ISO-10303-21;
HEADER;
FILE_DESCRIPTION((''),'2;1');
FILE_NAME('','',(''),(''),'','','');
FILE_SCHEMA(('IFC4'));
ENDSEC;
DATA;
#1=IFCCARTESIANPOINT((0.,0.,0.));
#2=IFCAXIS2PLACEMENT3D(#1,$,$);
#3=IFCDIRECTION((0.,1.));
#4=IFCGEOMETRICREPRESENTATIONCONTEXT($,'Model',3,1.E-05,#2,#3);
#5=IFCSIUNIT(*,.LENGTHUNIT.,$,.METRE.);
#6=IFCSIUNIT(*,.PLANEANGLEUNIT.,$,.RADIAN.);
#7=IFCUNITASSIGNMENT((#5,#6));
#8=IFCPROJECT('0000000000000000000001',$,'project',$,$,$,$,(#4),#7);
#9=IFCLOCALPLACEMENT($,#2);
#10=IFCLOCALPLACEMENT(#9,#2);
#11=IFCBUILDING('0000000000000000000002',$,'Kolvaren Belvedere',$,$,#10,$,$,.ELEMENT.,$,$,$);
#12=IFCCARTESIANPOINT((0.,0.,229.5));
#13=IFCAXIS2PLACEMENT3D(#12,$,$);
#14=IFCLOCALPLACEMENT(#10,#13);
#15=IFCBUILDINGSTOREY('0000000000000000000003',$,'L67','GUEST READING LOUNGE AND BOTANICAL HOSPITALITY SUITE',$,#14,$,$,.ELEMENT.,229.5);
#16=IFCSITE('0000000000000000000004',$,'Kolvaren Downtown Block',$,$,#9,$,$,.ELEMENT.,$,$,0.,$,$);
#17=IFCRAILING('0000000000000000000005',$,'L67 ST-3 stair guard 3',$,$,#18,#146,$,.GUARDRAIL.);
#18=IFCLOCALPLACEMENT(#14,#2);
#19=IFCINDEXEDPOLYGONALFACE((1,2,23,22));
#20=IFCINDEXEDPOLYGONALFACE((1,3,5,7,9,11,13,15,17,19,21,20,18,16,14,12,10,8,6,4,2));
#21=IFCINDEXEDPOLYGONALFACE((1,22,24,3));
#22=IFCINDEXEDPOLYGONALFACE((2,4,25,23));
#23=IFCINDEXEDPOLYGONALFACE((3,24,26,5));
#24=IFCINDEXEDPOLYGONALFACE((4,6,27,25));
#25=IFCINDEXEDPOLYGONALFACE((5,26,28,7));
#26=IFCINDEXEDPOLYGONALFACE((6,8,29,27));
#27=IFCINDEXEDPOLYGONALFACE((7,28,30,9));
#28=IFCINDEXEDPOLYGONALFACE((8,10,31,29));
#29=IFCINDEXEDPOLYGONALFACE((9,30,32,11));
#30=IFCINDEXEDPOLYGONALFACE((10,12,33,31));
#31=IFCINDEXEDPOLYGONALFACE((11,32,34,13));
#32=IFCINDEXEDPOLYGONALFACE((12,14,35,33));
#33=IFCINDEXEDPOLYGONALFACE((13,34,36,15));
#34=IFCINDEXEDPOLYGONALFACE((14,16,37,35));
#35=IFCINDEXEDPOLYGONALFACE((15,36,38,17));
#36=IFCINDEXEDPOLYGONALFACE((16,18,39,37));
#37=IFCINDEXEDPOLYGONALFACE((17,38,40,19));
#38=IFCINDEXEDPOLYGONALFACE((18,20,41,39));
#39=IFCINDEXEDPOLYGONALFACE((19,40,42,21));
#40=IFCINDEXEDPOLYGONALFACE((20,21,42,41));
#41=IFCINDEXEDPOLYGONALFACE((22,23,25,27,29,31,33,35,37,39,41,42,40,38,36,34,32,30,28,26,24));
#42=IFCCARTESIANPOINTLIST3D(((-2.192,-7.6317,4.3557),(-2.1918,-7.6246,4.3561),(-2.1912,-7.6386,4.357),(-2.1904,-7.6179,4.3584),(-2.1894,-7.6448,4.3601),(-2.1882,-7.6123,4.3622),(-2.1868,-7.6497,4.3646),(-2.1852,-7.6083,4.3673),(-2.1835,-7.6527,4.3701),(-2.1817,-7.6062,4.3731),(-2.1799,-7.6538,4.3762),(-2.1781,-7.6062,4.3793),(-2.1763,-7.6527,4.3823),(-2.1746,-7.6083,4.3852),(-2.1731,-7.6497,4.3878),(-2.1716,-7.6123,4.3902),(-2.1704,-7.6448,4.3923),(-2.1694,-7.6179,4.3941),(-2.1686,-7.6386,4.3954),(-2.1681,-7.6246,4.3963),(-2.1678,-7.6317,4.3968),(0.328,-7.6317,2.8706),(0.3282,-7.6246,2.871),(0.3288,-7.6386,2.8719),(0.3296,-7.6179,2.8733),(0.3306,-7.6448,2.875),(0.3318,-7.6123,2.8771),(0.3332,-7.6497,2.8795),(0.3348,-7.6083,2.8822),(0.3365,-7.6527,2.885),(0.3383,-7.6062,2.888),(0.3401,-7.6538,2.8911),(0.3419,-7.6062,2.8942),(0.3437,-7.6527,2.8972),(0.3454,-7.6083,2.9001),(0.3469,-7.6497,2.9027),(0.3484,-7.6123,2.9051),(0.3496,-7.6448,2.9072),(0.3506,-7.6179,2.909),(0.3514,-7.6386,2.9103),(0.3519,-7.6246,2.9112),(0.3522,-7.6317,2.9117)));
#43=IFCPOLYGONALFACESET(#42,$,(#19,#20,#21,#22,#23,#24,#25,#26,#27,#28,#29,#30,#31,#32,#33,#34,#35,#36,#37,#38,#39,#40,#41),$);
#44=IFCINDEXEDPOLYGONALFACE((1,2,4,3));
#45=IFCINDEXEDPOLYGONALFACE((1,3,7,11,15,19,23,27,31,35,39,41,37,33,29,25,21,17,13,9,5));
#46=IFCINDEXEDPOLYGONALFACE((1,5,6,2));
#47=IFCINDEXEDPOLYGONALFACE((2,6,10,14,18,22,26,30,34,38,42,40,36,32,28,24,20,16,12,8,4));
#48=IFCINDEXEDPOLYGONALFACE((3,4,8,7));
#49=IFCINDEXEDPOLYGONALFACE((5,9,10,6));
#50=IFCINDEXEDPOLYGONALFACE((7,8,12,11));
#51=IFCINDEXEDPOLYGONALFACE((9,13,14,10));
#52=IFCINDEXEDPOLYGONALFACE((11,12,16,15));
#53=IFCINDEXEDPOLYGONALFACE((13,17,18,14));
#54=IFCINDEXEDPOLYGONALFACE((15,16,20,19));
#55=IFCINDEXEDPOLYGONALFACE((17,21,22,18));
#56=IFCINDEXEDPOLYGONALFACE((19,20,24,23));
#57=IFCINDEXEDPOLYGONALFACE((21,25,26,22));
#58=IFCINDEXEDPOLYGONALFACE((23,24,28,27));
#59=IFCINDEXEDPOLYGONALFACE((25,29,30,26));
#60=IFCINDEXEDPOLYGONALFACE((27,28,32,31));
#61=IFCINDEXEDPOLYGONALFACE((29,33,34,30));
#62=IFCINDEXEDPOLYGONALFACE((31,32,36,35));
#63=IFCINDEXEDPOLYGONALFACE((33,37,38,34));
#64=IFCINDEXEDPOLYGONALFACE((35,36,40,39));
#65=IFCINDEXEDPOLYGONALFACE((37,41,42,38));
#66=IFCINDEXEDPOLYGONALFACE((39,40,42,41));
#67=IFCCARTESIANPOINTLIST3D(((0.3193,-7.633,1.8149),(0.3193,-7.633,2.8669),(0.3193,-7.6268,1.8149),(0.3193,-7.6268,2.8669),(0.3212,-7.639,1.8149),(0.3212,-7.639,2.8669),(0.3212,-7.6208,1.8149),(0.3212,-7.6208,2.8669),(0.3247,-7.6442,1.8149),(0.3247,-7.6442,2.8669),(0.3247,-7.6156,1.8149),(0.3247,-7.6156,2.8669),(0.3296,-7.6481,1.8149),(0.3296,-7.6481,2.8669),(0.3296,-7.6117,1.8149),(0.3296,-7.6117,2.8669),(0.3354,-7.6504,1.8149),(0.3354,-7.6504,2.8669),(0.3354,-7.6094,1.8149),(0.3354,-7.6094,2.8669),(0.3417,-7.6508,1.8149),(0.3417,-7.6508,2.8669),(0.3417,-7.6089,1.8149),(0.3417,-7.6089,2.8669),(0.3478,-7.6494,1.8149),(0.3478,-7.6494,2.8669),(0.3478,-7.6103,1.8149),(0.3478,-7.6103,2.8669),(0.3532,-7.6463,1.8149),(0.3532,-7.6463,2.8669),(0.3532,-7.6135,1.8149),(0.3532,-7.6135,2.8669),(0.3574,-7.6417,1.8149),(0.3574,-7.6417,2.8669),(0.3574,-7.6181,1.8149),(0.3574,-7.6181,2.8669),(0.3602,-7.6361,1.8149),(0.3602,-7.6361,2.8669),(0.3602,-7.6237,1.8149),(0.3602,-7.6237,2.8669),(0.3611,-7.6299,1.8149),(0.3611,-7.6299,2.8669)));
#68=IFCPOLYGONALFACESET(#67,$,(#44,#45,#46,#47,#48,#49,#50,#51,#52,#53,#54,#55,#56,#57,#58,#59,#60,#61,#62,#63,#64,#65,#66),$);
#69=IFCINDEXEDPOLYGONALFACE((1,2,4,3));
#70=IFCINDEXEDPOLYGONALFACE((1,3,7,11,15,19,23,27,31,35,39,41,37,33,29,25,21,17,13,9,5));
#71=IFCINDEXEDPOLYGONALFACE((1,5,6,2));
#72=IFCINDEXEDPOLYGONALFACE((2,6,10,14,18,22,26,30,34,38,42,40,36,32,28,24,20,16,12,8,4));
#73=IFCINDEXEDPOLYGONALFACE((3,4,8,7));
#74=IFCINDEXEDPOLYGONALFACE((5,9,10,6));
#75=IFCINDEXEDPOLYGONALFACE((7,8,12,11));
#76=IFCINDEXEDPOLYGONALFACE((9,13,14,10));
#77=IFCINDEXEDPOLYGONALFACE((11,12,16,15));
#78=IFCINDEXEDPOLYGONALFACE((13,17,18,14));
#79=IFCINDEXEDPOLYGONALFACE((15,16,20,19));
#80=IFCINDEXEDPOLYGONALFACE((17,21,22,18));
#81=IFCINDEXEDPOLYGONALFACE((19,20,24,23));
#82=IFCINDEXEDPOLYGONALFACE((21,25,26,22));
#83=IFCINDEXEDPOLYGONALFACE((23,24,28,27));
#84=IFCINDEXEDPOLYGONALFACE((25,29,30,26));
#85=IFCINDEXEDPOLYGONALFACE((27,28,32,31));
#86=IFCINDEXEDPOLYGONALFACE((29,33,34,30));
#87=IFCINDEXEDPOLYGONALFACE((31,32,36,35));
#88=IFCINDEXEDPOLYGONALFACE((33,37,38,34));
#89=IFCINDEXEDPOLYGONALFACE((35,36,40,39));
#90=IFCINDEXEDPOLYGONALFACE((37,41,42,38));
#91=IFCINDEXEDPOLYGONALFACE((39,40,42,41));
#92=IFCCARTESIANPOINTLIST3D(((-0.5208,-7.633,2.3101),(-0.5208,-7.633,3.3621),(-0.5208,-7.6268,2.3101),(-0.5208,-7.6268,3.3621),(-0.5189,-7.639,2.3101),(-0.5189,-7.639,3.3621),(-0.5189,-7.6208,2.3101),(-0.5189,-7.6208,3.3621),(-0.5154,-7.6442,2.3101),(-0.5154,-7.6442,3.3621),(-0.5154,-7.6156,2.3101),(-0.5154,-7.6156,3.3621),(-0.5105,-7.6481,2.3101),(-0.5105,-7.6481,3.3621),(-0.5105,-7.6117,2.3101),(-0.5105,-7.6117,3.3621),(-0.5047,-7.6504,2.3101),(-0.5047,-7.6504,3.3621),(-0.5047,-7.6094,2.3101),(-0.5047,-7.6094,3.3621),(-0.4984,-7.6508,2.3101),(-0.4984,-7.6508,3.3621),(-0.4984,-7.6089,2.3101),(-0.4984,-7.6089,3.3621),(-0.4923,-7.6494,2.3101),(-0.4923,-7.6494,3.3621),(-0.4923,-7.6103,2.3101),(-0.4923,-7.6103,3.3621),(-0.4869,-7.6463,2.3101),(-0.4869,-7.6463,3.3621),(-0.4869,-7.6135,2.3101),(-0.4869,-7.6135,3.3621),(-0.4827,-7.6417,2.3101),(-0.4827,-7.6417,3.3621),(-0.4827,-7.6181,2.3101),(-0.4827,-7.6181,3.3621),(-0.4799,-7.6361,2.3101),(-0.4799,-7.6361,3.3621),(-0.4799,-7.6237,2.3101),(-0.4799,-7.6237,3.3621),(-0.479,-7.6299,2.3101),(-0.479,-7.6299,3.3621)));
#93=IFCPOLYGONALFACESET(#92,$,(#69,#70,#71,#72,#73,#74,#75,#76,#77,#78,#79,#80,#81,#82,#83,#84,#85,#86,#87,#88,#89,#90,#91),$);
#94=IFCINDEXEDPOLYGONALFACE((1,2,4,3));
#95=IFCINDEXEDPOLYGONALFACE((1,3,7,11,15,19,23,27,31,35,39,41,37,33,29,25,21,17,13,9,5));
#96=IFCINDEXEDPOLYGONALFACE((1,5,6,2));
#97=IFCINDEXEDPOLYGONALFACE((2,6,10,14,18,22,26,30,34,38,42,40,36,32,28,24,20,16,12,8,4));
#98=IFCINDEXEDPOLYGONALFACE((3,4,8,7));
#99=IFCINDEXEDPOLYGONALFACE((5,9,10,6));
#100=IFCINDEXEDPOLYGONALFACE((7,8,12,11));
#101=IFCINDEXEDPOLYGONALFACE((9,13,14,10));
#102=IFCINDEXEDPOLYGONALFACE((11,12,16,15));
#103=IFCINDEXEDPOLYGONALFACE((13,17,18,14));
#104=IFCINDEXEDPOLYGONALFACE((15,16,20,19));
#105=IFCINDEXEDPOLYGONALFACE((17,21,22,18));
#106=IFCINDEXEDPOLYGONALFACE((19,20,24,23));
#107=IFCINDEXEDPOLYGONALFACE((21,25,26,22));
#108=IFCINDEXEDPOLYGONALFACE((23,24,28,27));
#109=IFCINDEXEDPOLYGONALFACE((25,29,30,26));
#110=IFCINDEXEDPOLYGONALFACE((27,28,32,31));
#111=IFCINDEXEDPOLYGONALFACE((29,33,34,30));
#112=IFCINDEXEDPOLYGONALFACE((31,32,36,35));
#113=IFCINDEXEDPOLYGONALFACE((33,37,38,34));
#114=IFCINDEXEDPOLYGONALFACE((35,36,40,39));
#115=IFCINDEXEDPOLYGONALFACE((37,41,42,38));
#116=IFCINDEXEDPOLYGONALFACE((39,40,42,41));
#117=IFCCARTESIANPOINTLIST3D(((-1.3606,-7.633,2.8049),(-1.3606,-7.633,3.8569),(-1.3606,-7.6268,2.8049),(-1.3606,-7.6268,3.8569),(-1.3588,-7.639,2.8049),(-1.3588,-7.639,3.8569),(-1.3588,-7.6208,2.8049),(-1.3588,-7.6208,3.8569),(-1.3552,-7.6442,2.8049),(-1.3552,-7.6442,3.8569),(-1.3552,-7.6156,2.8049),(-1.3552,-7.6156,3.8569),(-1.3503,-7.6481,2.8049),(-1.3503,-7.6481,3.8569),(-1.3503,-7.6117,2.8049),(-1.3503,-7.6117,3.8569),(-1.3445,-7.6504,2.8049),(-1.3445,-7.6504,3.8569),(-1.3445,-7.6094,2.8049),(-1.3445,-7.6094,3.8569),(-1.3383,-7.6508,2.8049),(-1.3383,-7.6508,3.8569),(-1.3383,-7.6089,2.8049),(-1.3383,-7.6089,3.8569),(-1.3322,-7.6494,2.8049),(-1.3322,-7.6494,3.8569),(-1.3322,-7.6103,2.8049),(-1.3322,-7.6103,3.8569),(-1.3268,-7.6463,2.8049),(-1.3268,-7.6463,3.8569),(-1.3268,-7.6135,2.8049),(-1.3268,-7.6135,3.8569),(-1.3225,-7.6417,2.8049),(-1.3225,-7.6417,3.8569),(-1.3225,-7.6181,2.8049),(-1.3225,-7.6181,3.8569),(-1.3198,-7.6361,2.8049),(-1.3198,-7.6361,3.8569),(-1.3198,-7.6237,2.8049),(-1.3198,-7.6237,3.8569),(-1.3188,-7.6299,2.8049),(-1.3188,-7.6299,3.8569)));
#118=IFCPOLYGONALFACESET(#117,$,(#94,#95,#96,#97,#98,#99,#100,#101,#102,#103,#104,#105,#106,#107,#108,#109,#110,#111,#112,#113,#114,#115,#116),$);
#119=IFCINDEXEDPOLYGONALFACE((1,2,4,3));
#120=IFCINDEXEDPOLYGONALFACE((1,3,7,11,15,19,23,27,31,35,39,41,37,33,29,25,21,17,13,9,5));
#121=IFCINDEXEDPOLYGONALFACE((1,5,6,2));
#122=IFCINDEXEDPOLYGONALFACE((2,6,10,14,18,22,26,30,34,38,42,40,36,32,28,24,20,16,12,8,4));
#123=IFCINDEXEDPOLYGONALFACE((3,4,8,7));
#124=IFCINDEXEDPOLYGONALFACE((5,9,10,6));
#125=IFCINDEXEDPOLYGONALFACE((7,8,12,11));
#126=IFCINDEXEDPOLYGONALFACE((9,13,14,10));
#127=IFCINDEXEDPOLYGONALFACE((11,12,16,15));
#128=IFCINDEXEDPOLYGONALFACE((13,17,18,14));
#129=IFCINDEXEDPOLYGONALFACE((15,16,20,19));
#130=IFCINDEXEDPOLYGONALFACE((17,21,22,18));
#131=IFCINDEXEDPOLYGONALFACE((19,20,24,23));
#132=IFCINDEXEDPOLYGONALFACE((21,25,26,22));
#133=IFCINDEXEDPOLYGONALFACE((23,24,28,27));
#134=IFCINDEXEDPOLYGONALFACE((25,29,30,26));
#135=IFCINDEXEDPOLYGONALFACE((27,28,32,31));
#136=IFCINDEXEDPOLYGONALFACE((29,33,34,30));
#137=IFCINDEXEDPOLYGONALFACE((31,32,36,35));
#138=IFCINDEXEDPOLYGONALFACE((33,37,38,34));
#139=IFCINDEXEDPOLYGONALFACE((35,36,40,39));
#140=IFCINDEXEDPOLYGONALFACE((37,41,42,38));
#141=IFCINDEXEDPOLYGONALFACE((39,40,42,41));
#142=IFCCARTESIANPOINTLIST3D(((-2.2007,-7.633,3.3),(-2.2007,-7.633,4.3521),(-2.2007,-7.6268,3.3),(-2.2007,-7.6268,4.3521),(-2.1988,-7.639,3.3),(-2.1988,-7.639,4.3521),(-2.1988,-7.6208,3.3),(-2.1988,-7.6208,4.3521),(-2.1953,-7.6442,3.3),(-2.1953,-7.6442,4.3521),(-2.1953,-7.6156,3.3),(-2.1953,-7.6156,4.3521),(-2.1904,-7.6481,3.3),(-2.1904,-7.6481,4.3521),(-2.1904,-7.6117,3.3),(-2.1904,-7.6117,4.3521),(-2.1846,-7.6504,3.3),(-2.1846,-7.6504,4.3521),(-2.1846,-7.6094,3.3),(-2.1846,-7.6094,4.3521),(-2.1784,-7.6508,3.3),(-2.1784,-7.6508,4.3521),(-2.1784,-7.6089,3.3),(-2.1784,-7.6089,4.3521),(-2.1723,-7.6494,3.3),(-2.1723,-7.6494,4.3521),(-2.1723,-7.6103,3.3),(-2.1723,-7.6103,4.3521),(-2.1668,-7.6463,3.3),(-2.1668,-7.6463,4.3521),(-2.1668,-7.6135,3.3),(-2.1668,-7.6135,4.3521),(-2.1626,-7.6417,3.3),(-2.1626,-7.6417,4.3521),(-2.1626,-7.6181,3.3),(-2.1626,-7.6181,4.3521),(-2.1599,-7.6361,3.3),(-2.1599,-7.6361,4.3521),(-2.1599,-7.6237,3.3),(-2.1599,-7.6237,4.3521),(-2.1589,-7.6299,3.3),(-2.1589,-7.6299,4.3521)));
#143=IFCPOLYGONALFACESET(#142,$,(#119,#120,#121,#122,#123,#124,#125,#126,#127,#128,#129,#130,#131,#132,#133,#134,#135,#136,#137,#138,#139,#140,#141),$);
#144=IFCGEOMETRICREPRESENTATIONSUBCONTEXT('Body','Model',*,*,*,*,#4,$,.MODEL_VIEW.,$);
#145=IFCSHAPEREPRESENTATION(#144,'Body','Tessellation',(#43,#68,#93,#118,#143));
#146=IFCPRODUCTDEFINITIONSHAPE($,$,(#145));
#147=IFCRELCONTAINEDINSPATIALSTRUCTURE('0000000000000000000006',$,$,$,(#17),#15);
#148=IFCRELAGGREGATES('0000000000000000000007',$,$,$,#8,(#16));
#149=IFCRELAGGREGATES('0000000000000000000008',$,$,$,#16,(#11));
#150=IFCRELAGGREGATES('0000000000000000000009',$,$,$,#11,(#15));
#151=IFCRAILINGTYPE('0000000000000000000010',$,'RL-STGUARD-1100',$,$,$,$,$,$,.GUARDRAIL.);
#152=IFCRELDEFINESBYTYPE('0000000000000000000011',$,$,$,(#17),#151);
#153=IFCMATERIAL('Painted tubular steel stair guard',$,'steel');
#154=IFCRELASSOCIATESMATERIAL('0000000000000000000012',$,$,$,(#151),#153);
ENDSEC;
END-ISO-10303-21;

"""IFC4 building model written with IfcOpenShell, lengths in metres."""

from ifc_helpers import new_model, si_unit, direction, frame, origin, origin_2d, place, context, subcontext, project, spatial, circle, extrude, material, type_object, element, save


model = new_model("IFC4")

# Units and contexts
model_context = context("Model", 3, precision=1e-05, world=origin(), true_north=direction((0.0, 1.0)))
body_context = subcontext(model_context, "Body", "Model", "MODEL_VIEW")
ifc_project = project(units=[si_unit("LENGTHUNIT", "METRE"), si_unit("PLANEANGLEUNIT", "RADIAN")], contexts=[model_context])

# Site, building, storey
site_placement = place(None, origin())
site = spatial("IfcSite", under=ifc_project, at=site_placement, Name="Kolvaren Downtown Block", CompositionType="ELEMENT", RefElevation=0.0)
building_placement = place(site_placement, origin())
building = spatial("IfcBuilding", under=site, at=building_placement, Name="Kolvaren Belvedere", CompositionType="ELEMENT")
storey_placement = place(building_placement, frame((0.0, 0.0, 229.5)))
storey = spatial("IfcBuildingStorey", under=building, at=storey_placement, Name="L67", Description="GUEST READING LOUNGE AND BOTANICAL HOSPITALITY SUITE", CompositionType="ELEMENT", Elevation=229.5)

# Railing
ifc_material_1 = material(Name="Painted tubular steel stair guard", Category="steel")
railing_type_1 = type_object("IfcRailingType", Name="RL-STGUARD-1100", PredefinedType="GUARDRAIL", material=ifc_material_1)
railing_1_placement = place(storey_placement, frame((0.3401, -7.6299, 1.8149)))
element("IfcRailing", 1, at=railing_1_placement, inside=storey, type_object=railing_type_1, Name="L67 ST-3 stair guard 3", PredefinedType="GUARDRAIL", context=body_context, shape_type="SweptSolid", body=[
    extrude(circle(Radius=0.0239, at=origin_2d()), frame((0.0, 0.0, 1.0762), z_axis=(-0.861524, 0.0, 0.507717), x_axis=(0.0, -1.0, 0.0)), (0.0, 0.0, 1.0), 2.925),
    extrude(circle(Radius=0.021, at=origin_2d()), origin(), (0.0, 0.0, 1.0), 1.052),
    extrude(circle(Radius=0.021, at=origin_2d()), frame((-0.8401, 0.0, 0.4951)), (0.0, 0.0, 1.0), 1.052),
    extrude(circle(Radius=0.021, at=origin_2d()), frame((-1.6799, 0.0, 0.99)), (0.0, 0.0, 1.0), 1.052),
    extrude(circle(Radius=0.021, at=origin_2d()), frame((-2.52, 0.0, 1.4851)), (0.0, 0.0, 1.0), 1.052),
])

save(model, "model.ifc")
